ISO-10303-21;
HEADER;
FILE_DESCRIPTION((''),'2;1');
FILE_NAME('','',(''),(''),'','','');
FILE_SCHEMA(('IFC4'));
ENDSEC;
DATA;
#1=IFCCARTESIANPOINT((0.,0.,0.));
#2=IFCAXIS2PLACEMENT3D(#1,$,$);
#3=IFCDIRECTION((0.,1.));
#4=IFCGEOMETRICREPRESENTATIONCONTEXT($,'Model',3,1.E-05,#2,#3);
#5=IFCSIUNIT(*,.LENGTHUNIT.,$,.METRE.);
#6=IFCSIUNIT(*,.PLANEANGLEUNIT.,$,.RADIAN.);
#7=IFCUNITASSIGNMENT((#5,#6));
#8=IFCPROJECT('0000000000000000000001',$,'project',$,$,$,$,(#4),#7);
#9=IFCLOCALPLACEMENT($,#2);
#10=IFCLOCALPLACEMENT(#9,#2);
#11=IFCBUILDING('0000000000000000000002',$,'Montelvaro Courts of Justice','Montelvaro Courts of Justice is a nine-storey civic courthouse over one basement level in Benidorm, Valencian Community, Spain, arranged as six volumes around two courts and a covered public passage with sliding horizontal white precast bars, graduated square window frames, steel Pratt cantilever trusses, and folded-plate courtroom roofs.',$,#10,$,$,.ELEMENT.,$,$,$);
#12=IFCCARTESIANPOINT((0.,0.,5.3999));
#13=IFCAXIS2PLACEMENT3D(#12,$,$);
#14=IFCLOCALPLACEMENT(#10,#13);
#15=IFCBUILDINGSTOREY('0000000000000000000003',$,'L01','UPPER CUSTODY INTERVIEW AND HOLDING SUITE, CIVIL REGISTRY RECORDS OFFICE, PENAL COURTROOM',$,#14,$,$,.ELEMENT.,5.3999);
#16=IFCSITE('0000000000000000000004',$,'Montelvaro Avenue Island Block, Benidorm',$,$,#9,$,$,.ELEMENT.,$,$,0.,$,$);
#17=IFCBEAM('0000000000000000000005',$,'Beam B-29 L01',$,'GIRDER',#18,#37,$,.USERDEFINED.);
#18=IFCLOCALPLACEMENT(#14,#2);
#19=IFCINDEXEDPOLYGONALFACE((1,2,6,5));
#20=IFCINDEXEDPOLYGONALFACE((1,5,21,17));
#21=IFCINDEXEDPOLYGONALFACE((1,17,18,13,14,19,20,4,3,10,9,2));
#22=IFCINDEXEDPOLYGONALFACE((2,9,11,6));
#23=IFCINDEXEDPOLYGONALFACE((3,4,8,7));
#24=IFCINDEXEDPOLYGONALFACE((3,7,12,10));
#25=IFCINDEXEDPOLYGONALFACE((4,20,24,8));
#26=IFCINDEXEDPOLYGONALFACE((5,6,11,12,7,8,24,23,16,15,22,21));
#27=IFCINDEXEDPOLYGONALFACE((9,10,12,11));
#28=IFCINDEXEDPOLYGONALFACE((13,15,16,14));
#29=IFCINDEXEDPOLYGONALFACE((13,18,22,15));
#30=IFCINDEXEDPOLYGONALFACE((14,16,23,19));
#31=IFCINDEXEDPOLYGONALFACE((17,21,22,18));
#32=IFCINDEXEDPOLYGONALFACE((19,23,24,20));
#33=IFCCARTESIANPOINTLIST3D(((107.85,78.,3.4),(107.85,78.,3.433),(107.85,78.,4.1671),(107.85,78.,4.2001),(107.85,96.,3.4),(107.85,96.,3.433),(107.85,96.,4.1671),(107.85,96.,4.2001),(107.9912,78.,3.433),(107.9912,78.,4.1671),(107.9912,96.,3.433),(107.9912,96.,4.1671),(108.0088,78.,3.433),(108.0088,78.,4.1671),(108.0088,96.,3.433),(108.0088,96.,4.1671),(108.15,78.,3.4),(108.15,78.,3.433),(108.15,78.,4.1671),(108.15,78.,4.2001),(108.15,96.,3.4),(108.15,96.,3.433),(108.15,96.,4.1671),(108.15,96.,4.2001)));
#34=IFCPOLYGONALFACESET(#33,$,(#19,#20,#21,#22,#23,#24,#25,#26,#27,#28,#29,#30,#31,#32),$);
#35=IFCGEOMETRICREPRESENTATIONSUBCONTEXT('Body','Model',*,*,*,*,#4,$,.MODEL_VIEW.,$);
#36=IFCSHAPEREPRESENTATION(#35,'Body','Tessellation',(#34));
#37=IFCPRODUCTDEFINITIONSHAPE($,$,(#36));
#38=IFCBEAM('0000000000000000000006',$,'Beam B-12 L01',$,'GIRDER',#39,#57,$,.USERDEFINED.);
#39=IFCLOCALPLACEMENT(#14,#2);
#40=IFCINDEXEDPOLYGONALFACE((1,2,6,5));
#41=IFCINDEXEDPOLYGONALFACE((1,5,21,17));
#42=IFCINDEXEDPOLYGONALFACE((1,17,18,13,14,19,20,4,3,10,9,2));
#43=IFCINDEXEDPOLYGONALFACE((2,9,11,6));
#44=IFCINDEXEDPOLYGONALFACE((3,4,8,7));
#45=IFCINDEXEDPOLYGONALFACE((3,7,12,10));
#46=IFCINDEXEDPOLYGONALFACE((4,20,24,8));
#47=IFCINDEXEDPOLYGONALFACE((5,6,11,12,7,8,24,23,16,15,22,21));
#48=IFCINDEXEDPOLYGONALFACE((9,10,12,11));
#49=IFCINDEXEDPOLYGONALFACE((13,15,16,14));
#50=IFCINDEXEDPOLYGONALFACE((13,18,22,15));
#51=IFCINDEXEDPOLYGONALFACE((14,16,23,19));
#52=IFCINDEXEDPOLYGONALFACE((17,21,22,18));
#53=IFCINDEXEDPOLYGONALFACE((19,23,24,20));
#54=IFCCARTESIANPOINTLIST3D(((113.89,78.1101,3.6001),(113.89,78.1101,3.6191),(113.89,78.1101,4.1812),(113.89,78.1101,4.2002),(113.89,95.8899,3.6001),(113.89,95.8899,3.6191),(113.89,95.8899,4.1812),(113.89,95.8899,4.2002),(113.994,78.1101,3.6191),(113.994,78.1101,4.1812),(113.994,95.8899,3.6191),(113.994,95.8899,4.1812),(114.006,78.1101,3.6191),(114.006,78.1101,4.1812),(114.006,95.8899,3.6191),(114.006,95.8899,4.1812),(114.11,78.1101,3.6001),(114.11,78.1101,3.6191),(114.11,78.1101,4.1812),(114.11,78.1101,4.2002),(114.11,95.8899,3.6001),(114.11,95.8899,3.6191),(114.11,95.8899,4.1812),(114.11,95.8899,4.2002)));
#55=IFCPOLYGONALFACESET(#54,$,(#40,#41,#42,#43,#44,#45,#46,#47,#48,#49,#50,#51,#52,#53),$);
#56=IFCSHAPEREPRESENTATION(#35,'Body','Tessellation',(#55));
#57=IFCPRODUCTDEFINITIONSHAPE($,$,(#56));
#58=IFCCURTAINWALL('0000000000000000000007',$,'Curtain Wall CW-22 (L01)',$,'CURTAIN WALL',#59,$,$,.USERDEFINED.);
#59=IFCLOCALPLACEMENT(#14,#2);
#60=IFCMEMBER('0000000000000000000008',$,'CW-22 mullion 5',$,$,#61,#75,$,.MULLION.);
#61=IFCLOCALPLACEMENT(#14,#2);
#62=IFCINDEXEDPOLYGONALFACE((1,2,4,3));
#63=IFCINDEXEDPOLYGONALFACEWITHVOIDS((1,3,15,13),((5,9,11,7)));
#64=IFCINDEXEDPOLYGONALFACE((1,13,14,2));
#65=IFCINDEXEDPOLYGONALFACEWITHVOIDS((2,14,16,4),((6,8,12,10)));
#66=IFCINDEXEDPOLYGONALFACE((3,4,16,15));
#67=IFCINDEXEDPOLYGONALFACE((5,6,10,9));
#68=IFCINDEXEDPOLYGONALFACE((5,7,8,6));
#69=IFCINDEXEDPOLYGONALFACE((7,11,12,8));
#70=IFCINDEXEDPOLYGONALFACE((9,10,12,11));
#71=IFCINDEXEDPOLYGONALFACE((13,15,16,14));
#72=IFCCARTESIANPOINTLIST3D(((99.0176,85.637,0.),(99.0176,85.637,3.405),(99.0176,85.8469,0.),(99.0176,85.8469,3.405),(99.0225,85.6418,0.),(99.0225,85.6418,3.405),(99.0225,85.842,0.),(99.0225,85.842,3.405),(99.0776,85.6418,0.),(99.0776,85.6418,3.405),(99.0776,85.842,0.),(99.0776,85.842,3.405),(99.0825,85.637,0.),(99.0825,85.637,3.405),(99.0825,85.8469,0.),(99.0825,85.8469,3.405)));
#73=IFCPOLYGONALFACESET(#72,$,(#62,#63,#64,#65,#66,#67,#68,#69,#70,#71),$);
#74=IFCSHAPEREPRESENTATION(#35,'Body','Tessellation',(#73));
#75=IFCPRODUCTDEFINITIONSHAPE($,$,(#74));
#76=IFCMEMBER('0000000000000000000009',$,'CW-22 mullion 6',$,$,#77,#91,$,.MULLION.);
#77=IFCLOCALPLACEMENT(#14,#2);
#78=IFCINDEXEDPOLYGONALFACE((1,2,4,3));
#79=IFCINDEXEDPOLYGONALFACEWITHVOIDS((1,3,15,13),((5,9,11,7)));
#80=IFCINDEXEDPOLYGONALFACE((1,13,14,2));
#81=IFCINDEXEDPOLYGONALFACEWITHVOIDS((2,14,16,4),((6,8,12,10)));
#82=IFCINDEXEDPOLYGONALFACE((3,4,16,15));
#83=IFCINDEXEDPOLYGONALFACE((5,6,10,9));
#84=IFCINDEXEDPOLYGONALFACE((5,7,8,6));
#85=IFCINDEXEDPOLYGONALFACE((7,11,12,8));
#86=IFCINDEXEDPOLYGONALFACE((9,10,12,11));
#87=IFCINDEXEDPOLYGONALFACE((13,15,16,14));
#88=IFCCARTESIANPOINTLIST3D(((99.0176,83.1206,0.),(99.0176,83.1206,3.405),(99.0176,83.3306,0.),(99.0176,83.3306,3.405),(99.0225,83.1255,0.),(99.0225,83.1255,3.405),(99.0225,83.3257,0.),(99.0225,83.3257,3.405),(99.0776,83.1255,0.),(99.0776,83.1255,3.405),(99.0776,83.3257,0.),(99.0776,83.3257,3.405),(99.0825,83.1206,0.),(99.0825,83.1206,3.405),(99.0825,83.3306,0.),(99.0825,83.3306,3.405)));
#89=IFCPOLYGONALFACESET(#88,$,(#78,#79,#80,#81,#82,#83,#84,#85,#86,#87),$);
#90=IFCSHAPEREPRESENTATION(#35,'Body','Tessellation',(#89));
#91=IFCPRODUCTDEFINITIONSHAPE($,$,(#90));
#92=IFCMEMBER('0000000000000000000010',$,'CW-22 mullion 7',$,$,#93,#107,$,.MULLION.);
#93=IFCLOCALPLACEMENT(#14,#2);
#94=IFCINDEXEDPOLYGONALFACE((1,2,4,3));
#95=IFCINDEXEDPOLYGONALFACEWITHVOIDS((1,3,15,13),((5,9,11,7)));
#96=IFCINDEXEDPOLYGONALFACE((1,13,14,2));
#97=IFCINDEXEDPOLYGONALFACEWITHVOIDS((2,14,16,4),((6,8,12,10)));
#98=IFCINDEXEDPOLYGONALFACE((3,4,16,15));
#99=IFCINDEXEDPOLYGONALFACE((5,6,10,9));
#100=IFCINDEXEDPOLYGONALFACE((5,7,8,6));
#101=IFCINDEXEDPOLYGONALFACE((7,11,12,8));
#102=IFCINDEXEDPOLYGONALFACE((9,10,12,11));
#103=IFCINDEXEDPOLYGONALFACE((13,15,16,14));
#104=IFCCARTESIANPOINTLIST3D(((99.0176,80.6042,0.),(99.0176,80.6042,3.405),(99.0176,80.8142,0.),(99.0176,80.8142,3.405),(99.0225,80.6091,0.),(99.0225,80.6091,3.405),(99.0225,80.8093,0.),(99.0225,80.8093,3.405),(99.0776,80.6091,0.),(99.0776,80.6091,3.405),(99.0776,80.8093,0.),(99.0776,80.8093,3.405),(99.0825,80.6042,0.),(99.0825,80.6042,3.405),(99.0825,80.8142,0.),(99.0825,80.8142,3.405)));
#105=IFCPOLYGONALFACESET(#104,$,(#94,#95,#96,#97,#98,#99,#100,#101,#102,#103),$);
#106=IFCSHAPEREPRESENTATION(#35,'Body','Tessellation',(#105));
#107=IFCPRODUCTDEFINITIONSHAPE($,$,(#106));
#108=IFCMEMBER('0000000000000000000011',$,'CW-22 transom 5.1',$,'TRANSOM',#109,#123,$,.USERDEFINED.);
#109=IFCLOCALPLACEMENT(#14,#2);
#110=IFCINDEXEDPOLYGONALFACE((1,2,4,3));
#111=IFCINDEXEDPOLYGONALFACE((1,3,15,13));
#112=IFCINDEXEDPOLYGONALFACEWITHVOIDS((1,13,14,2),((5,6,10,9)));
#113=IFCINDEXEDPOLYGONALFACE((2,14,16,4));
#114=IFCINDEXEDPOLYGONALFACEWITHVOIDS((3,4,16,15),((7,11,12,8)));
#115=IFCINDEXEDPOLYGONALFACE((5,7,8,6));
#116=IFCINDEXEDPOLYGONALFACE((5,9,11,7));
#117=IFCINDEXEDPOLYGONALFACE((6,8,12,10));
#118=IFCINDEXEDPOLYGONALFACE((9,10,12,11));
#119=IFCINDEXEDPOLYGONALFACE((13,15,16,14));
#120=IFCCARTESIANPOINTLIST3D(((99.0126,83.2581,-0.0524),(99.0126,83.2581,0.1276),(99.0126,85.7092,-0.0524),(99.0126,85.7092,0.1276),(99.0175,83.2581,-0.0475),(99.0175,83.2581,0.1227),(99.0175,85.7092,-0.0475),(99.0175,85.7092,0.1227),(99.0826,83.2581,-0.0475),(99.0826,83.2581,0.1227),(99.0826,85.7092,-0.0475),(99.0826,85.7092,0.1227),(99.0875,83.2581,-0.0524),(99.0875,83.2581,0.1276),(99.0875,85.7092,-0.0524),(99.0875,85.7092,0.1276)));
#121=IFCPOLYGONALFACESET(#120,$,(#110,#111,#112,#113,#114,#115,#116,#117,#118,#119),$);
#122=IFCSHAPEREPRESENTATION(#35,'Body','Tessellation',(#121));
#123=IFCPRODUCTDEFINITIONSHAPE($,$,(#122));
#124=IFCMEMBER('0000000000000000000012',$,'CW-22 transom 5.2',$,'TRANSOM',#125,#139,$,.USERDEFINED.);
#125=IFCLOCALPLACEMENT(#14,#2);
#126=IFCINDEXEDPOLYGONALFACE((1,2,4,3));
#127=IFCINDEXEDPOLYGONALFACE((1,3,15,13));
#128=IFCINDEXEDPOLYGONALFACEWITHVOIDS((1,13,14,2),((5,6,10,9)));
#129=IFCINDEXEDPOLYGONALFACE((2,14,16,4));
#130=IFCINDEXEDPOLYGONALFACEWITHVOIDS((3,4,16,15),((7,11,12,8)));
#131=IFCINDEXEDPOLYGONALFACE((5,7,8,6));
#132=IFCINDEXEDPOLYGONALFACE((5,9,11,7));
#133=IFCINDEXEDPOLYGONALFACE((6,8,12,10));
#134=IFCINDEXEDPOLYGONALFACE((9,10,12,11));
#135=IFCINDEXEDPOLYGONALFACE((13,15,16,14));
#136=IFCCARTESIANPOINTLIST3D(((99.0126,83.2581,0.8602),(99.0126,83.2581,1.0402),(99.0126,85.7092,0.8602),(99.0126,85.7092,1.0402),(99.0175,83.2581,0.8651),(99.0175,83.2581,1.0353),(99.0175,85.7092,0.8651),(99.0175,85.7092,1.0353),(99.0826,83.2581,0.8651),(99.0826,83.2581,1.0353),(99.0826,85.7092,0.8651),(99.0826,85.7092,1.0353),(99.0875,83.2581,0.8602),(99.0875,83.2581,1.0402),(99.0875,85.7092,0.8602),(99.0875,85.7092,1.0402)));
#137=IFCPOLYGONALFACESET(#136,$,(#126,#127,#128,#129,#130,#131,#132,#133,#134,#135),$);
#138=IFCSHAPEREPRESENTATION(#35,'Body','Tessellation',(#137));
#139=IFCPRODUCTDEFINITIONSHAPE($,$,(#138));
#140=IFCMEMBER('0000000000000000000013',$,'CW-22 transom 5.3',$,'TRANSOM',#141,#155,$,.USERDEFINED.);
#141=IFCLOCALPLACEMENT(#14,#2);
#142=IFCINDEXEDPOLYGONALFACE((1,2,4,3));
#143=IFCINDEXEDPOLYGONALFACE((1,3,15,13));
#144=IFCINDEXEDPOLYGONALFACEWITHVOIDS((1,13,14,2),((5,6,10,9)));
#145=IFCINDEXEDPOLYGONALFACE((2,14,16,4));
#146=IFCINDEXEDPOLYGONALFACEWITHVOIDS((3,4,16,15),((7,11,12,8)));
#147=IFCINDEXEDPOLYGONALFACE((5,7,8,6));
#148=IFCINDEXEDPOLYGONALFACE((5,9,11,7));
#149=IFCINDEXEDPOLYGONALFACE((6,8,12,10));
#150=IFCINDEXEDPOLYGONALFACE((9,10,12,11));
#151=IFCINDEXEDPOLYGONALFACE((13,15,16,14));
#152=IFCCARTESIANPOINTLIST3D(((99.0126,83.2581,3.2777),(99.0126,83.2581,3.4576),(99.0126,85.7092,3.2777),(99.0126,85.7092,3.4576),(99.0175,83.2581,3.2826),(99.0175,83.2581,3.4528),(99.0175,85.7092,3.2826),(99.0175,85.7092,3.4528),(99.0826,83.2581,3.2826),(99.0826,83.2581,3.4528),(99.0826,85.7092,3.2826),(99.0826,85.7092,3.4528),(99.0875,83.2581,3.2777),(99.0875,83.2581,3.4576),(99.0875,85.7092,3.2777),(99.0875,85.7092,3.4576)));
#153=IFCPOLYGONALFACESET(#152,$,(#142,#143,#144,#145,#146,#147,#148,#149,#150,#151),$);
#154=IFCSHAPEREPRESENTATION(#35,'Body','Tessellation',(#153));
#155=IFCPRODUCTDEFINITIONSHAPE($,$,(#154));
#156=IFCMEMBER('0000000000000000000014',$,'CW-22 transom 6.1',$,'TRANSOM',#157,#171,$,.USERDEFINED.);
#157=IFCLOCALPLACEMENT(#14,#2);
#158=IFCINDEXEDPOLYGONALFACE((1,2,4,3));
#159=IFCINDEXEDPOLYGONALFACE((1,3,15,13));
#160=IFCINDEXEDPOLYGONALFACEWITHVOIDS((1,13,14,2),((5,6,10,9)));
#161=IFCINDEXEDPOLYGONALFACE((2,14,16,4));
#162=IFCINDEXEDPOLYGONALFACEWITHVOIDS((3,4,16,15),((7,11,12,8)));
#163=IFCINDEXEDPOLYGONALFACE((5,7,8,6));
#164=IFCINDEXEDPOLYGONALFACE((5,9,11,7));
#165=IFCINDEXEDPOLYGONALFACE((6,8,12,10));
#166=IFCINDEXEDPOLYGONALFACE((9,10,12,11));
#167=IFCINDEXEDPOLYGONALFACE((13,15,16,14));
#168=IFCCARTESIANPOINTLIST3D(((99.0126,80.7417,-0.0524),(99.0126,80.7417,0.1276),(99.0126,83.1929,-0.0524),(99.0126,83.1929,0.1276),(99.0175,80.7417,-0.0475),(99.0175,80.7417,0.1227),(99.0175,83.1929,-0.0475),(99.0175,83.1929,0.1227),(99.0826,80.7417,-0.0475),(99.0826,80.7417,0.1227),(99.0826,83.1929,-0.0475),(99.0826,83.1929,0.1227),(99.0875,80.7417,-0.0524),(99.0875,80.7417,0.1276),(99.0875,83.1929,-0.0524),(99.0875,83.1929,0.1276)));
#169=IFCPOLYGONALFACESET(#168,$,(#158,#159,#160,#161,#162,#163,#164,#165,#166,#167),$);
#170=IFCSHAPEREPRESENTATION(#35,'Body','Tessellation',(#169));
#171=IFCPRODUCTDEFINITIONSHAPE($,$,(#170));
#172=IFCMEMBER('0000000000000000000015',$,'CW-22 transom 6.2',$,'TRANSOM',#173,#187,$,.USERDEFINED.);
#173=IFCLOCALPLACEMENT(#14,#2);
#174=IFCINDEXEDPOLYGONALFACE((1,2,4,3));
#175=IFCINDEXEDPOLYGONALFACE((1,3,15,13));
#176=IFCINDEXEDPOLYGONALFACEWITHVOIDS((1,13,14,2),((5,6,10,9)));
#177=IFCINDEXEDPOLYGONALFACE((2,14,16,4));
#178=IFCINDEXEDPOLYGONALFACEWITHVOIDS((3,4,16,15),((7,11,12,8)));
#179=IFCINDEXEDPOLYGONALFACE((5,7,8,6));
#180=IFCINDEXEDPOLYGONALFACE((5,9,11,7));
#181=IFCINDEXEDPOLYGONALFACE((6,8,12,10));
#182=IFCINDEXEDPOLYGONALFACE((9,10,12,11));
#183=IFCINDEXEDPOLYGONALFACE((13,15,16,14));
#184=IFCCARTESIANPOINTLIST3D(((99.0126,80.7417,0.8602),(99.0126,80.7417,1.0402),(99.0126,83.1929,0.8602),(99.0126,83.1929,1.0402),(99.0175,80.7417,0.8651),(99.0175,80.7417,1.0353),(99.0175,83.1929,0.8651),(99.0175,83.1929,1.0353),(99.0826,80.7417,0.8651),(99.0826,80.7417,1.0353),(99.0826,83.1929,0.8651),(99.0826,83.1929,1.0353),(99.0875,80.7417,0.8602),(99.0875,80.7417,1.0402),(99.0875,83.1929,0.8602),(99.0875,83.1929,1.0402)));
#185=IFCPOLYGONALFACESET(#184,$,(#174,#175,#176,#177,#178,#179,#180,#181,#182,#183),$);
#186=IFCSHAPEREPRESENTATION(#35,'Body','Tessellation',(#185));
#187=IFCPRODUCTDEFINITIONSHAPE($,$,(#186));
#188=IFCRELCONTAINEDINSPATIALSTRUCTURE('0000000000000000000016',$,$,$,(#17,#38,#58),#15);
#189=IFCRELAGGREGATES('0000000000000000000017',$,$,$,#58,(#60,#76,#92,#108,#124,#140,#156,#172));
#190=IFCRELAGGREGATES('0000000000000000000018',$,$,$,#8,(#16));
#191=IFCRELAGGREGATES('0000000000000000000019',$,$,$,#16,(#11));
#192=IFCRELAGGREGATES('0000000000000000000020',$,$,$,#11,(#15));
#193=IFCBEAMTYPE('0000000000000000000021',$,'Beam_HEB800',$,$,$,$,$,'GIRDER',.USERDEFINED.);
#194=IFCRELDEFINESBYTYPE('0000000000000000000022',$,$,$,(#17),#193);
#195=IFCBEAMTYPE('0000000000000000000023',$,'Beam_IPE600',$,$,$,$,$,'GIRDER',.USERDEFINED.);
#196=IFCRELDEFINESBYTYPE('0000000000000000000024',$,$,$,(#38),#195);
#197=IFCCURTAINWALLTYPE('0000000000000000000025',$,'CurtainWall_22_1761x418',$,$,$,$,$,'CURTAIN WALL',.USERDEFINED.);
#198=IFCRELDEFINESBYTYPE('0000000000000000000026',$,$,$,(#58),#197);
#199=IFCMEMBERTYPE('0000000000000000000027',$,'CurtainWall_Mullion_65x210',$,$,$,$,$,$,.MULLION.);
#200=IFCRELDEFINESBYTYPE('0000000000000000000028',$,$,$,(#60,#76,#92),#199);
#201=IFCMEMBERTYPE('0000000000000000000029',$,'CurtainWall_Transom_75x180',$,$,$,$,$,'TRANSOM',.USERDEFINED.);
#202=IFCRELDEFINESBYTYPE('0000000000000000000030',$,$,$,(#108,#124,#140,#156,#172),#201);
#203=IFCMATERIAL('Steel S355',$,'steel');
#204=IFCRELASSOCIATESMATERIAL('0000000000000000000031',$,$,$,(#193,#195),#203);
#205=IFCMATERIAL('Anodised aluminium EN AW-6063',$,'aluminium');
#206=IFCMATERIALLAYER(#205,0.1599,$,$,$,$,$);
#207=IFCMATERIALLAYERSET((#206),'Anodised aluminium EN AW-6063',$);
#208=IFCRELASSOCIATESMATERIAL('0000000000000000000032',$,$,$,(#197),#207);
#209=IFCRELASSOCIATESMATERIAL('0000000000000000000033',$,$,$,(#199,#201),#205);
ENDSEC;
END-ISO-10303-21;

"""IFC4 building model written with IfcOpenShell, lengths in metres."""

from ifc_helpers import new_model, si_unit, direction, frame, origin, origin_2d, place, context, subcontext, project, spatial, hollow_rectangle, i_section, extrude, material, layer, layer_set, material_profile, profile_set, type_object, element, aggregate, save


model = new_model("IFC4")

# Units and contexts
model_context = context("Model", 3, precision=1e-05, world=origin(), true_north=direction((0.0, 1.0)))
body_context = subcontext(model_context, "Body", "Model", "MODEL_VIEW")
ifc_project = project(units=[si_unit("LENGTHUNIT", "METRE"), si_unit("PLANEANGLEUNIT", "RADIAN")], contexts=[model_context])

# Site, building, storey
site_placement = place(None, origin())
site = spatial("IfcSite", under=ifc_project, at=site_placement, Name="Montelvaro Avenue Island Block, Benidorm", CompositionType="ELEMENT", RefElevation=0.0)
building_placement = place(site_placement, origin())
building = spatial("IfcBuilding", under=site, at=building_placement, Name="Montelvaro Courts of Justice", Description="Montelvaro Courts of Justice is a nine-storey civic courthouse over one basement level in Benidorm, Valencian Community, Spain, arranged as six volumes around two courts and a covered public passage with sliding horizontal white precast bars, graduated square window frames, steel Pratt cantilever trusses, and folded-plate courtroom roofs.", CompositionType="ELEMENT")
storey_placement = place(building_placement, frame((0.0, 0.0, 5.3999)))
storey = spatial("IfcBuildingStorey", under=building, at=storey_placement, Name="L01", Description="UPPER CUSTODY INTERVIEW AND HOLDING SUITE, CIVIL REGISTRY RECORDS OFFICE, PENAL COURTROOM", CompositionType="ELEMENT", Elevation=5.3999)

# Shared definitions
ifc_material_1 = material(Name="Steel S355", Category="steel")

# Beams
ifc_material_profile_1 = material_profile(ifc_material_1, i_section(OverallWidth=0.3, OverallDepth=0.8, WebThickness=0.0176, FlangeThickness=0.033, at=origin_2d()), Name="HEB 800")
ifc_profile_set_1 = profile_set([ifc_material_profile_1], Name="Steel S355")
beam_type_1 = type_object("IfcBeamType", Name="Beam_HEB800", ElementType="GIRDER", PredefinedType="USERDEFINED", material=ifc_profile_set_1)
beam_1_placement = place(storey_placement, frame((108.0, 78.0, 3.8), z_axis=(0.0, 1.0, 0.0), x_axis=(-1.0, 0.0, 0.0)))
element("IfcBeam", 1, at=beam_1_placement, inside=storey, type_object=beam_type_1, Name="Beam B-29 L01", ObjectType="GIRDER", PredefinedType="USERDEFINED", context=body_context, shape_type="SweptSolid", body=[
    extrude(i_section(OverallWidth=0.3, OverallDepth=0.8, WebThickness=0.0176, FlangeThickness=0.033, at=origin_2d()), origin(), (0.0, 0.0, 1.0), 18.0),
])
ifc_material_profile_2 = material_profile(ifc_material_1, i_section(OverallWidth=0.22, OverallDepth=0.6001, WebThickness=0.012, FlangeThickness=0.019, at=origin_2d()), Name="IPE 600")
ifc_profile_set_2 = profile_set([ifc_material_profile_2], Name="Steel S355")
beam_type_2 = type_object("IfcBeamType", Name="Beam_IPE600", ElementType="GIRDER", PredefinedType="USERDEFINED", material=ifc_profile_set_2)
beam_2_placement = place(storey_placement, frame((114.0, 78.1101, 3.9001), z_axis=(0.0, 1.0, 0.0), x_axis=(-1.0, 0.0, 0.0)))
element("IfcBeam", 2, at=beam_2_placement, inside=storey, type_object=beam_type_2, Name="Beam B-12 L01", ObjectType="GIRDER", PredefinedType="USERDEFINED", context=body_context, shape_type="SweptSolid", body=[
    extrude(i_section(OverallWidth=0.22, OverallDepth=0.6001, WebThickness=0.012, FlangeThickness=0.019, at=origin_2d()), origin(), (0.0, 0.0, 1.0), 17.7798),
])

# Curtain wall, members
ifc_material_2 = material(Name="Anodised aluminium EN AW-6063", Category="aluminium")
ifc_layer_1 = layer(ifc_material_2, 0.1599)
ifc_layer_set_1 = layer_set([ifc_layer_1], Name="Anodised aluminium EN AW-6063")
curtain_wall_type = type_object("IfcCurtainWallType", Name="CurtainWall_22_1761x418", ElementType="CURTAIN WALL", PredefinedType="USERDEFINED", material=ifc_layer_set_1)
curtain_wall_placement = place(storey_placement, origin())
curtain_wall = element("IfcCurtainWall", 3, at=curtain_wall_placement, inside=storey, type_object=curtain_wall_type, Name="Curtain Wall CW-22 (L01)", ObjectType="CURTAIN WALL", PredefinedType="USERDEFINED")
ifc_material_profile_3 = material_profile(ifc_material_2, hollow_rectangle(XDim=0.0649, YDim=0.21, WallThickness=0.0049, at=origin_2d()), Name="ALU-M 65x210")
ifc_profile_set_3 = profile_set([ifc_material_profile_3], Name="Anodised aluminium EN AW-6063")
member_type_1 = type_object("IfcMemberType", Name="CurtainWall_Mullion_65x210", PredefinedType="MULLION", material=ifc_profile_set_3)
member_1_placement = place(storey_placement, frame((99.05, 85.7419, 0.0), z_axis=(0.0, 0.0, 1.0), x_axis=(1.0, 0.0, 0.0)))
member_1 = element("IfcMember", 4, at=member_1_placement, type_object=member_type_1, Name="CW-22 mullion 5", PredefinedType="MULLION", context=body_context, shape_type="SweptSolid", body=[
    extrude(hollow_rectangle(XDim=0.0649, YDim=0.21, WallThickness=0.0049, at=origin_2d()), origin(), (0.0, 0.0, 1.0), 3.405),
])
member_2_placement = place(storey_placement, frame((99.05, 83.2256, 0.0), z_axis=(0.0, 0.0, 1.0), x_axis=(1.0, 0.0, 0.0)))
member_2 = element("IfcMember", 5, at=member_2_placement, type_object=member_type_1, Name="CW-22 mullion 6", PredefinedType="MULLION", context=body_context, shape_type="SweptSolid", body=[
    extrude(hollow_rectangle(XDim=0.0649, YDim=0.21, WallThickness=0.0049, at=origin_2d()), origin(), (0.0, 0.0, 1.0), 3.405),
])
member_3_placement = place(storey_placement, frame((99.05, 80.7092, 0.0), z_axis=(0.0, 0.0, 1.0), x_axis=(1.0, 0.0, 0.0)))
member_3 = element("IfcMember", 6, at=member_3_placement, type_object=member_type_1, Name="CW-22 mullion 7", PredefinedType="MULLION", context=body_context, shape_type="SweptSolid", body=[
    extrude(hollow_rectangle(XDim=0.0649, YDim=0.21, WallThickness=0.0049, at=origin_2d()), origin(), (0.0, 0.0, 1.0), 3.405),
])
ifc_material_profile_4 = material_profile(ifc_material_2, hollow_rectangle(XDim=0.075, YDim=0.1799, WallThickness=0.0049, at=origin_2d()), Name="ALU-T 75x180")
ifc_profile_set_4 = profile_set([ifc_material_profile_4], Name="Anodised aluminium EN AW-6063")
member_type_2 = type_object("IfcMemberType", Name="CurtainWall_Transom_75x180", ElementType="TRANSOM", PredefinedType="USERDEFINED", material=ifc_profile_set_4)
member_4_placement = place(storey_placement, frame((99.05, 85.7092, 0.0376), z_axis=(0.0, -1.0, 0.0), x_axis=(1.0, 0.0, 0.0)))
member_4 = element("IfcMember", 7, at=member_4_placement, type_object=member_type_2, Name="CW-22 transom 5.1", ObjectType="TRANSOM", PredefinedType="USERDEFINED", context=body_context, shape_type="SweptSolid", body=[
    extrude(hollow_rectangle(XDim=0.075, YDim=0.1799, WallThickness=0.0049, at=origin_2d()), origin(), (0.0, 0.0, 1.0), 2.4512),
])
member_5_placement = place(storey_placement, frame((99.05, 85.7092, 0.9502), z_axis=(0.0, -1.0, 0.0), x_axis=(1.0, 0.0, 0.0)))
member_5 = element("IfcMember", 8, at=member_5_placement, type_object=member_type_2, Name="CW-22 transom 5.2", ObjectType="TRANSOM", PredefinedType="USERDEFINED", context=body_context, shape_type="SweptSolid", body=[
    extrude(hollow_rectangle(XDim=0.075, YDim=0.1799, WallThickness=0.0049, at=origin_2d()), origin(), (0.0, 0.0, 1.0), 2.4512),
])
member_6_placement = place(storey_placement, frame((99.05, 85.7092, 3.3677), z_axis=(0.0, -1.0, 0.0), x_axis=(1.0, 0.0, 0.0)))
member_6 = element("IfcMember", 9, at=member_6_placement, type_object=member_type_2, Name="CW-22 transom 5.3", ObjectType="TRANSOM", PredefinedType="USERDEFINED", context=body_context, shape_type="SweptSolid", body=[
    extrude(hollow_rectangle(XDim=0.075, YDim=0.1799, WallThickness=0.0049, at=origin_2d()), origin(), (0.0, 0.0, 1.0), 2.4512),
])
member_7_placement = place(storey_placement, frame((99.05, 83.1929, 0.0376), z_axis=(0.0, -1.0, 0.0), x_axis=(1.0, 0.0, 0.0)))
member_7 = element("IfcMember", 10, at=member_7_placement, type_object=member_type_2, Name="CW-22 transom 6.1", ObjectType="TRANSOM", PredefinedType="USERDEFINED", context=body_context, shape_type="SweptSolid", body=[
    extrude(hollow_rectangle(XDim=0.075, YDim=0.1799, WallThickness=0.0049, at=origin_2d()), origin(), (0.0, 0.0, 1.0), 2.4512),
])
member_8_placement = place(storey_placement, frame((99.05, 83.1929, 0.9502), z_axis=(0.0, -1.0, 0.0), x_axis=(1.0, 0.0, 0.0)))
member_8 = element("IfcMember", 11, at=member_8_placement, type_object=member_type_2, Name="CW-22 transom 6.2", ObjectType="TRANSOM", PredefinedType="USERDEFINED", context=body_context, shape_type="SweptSolid", body=[
    extrude(hollow_rectangle(XDim=0.075, YDim=0.1799, WallThickness=0.0049, at=origin_2d()), origin(), (0.0, 0.0, 1.0), 2.4512),
])
aggregate(curtain_wall, [member_1, member_2, member_3, member_4, member_5, member_6, member_7, member_8])

save(model, "model.ifc")
